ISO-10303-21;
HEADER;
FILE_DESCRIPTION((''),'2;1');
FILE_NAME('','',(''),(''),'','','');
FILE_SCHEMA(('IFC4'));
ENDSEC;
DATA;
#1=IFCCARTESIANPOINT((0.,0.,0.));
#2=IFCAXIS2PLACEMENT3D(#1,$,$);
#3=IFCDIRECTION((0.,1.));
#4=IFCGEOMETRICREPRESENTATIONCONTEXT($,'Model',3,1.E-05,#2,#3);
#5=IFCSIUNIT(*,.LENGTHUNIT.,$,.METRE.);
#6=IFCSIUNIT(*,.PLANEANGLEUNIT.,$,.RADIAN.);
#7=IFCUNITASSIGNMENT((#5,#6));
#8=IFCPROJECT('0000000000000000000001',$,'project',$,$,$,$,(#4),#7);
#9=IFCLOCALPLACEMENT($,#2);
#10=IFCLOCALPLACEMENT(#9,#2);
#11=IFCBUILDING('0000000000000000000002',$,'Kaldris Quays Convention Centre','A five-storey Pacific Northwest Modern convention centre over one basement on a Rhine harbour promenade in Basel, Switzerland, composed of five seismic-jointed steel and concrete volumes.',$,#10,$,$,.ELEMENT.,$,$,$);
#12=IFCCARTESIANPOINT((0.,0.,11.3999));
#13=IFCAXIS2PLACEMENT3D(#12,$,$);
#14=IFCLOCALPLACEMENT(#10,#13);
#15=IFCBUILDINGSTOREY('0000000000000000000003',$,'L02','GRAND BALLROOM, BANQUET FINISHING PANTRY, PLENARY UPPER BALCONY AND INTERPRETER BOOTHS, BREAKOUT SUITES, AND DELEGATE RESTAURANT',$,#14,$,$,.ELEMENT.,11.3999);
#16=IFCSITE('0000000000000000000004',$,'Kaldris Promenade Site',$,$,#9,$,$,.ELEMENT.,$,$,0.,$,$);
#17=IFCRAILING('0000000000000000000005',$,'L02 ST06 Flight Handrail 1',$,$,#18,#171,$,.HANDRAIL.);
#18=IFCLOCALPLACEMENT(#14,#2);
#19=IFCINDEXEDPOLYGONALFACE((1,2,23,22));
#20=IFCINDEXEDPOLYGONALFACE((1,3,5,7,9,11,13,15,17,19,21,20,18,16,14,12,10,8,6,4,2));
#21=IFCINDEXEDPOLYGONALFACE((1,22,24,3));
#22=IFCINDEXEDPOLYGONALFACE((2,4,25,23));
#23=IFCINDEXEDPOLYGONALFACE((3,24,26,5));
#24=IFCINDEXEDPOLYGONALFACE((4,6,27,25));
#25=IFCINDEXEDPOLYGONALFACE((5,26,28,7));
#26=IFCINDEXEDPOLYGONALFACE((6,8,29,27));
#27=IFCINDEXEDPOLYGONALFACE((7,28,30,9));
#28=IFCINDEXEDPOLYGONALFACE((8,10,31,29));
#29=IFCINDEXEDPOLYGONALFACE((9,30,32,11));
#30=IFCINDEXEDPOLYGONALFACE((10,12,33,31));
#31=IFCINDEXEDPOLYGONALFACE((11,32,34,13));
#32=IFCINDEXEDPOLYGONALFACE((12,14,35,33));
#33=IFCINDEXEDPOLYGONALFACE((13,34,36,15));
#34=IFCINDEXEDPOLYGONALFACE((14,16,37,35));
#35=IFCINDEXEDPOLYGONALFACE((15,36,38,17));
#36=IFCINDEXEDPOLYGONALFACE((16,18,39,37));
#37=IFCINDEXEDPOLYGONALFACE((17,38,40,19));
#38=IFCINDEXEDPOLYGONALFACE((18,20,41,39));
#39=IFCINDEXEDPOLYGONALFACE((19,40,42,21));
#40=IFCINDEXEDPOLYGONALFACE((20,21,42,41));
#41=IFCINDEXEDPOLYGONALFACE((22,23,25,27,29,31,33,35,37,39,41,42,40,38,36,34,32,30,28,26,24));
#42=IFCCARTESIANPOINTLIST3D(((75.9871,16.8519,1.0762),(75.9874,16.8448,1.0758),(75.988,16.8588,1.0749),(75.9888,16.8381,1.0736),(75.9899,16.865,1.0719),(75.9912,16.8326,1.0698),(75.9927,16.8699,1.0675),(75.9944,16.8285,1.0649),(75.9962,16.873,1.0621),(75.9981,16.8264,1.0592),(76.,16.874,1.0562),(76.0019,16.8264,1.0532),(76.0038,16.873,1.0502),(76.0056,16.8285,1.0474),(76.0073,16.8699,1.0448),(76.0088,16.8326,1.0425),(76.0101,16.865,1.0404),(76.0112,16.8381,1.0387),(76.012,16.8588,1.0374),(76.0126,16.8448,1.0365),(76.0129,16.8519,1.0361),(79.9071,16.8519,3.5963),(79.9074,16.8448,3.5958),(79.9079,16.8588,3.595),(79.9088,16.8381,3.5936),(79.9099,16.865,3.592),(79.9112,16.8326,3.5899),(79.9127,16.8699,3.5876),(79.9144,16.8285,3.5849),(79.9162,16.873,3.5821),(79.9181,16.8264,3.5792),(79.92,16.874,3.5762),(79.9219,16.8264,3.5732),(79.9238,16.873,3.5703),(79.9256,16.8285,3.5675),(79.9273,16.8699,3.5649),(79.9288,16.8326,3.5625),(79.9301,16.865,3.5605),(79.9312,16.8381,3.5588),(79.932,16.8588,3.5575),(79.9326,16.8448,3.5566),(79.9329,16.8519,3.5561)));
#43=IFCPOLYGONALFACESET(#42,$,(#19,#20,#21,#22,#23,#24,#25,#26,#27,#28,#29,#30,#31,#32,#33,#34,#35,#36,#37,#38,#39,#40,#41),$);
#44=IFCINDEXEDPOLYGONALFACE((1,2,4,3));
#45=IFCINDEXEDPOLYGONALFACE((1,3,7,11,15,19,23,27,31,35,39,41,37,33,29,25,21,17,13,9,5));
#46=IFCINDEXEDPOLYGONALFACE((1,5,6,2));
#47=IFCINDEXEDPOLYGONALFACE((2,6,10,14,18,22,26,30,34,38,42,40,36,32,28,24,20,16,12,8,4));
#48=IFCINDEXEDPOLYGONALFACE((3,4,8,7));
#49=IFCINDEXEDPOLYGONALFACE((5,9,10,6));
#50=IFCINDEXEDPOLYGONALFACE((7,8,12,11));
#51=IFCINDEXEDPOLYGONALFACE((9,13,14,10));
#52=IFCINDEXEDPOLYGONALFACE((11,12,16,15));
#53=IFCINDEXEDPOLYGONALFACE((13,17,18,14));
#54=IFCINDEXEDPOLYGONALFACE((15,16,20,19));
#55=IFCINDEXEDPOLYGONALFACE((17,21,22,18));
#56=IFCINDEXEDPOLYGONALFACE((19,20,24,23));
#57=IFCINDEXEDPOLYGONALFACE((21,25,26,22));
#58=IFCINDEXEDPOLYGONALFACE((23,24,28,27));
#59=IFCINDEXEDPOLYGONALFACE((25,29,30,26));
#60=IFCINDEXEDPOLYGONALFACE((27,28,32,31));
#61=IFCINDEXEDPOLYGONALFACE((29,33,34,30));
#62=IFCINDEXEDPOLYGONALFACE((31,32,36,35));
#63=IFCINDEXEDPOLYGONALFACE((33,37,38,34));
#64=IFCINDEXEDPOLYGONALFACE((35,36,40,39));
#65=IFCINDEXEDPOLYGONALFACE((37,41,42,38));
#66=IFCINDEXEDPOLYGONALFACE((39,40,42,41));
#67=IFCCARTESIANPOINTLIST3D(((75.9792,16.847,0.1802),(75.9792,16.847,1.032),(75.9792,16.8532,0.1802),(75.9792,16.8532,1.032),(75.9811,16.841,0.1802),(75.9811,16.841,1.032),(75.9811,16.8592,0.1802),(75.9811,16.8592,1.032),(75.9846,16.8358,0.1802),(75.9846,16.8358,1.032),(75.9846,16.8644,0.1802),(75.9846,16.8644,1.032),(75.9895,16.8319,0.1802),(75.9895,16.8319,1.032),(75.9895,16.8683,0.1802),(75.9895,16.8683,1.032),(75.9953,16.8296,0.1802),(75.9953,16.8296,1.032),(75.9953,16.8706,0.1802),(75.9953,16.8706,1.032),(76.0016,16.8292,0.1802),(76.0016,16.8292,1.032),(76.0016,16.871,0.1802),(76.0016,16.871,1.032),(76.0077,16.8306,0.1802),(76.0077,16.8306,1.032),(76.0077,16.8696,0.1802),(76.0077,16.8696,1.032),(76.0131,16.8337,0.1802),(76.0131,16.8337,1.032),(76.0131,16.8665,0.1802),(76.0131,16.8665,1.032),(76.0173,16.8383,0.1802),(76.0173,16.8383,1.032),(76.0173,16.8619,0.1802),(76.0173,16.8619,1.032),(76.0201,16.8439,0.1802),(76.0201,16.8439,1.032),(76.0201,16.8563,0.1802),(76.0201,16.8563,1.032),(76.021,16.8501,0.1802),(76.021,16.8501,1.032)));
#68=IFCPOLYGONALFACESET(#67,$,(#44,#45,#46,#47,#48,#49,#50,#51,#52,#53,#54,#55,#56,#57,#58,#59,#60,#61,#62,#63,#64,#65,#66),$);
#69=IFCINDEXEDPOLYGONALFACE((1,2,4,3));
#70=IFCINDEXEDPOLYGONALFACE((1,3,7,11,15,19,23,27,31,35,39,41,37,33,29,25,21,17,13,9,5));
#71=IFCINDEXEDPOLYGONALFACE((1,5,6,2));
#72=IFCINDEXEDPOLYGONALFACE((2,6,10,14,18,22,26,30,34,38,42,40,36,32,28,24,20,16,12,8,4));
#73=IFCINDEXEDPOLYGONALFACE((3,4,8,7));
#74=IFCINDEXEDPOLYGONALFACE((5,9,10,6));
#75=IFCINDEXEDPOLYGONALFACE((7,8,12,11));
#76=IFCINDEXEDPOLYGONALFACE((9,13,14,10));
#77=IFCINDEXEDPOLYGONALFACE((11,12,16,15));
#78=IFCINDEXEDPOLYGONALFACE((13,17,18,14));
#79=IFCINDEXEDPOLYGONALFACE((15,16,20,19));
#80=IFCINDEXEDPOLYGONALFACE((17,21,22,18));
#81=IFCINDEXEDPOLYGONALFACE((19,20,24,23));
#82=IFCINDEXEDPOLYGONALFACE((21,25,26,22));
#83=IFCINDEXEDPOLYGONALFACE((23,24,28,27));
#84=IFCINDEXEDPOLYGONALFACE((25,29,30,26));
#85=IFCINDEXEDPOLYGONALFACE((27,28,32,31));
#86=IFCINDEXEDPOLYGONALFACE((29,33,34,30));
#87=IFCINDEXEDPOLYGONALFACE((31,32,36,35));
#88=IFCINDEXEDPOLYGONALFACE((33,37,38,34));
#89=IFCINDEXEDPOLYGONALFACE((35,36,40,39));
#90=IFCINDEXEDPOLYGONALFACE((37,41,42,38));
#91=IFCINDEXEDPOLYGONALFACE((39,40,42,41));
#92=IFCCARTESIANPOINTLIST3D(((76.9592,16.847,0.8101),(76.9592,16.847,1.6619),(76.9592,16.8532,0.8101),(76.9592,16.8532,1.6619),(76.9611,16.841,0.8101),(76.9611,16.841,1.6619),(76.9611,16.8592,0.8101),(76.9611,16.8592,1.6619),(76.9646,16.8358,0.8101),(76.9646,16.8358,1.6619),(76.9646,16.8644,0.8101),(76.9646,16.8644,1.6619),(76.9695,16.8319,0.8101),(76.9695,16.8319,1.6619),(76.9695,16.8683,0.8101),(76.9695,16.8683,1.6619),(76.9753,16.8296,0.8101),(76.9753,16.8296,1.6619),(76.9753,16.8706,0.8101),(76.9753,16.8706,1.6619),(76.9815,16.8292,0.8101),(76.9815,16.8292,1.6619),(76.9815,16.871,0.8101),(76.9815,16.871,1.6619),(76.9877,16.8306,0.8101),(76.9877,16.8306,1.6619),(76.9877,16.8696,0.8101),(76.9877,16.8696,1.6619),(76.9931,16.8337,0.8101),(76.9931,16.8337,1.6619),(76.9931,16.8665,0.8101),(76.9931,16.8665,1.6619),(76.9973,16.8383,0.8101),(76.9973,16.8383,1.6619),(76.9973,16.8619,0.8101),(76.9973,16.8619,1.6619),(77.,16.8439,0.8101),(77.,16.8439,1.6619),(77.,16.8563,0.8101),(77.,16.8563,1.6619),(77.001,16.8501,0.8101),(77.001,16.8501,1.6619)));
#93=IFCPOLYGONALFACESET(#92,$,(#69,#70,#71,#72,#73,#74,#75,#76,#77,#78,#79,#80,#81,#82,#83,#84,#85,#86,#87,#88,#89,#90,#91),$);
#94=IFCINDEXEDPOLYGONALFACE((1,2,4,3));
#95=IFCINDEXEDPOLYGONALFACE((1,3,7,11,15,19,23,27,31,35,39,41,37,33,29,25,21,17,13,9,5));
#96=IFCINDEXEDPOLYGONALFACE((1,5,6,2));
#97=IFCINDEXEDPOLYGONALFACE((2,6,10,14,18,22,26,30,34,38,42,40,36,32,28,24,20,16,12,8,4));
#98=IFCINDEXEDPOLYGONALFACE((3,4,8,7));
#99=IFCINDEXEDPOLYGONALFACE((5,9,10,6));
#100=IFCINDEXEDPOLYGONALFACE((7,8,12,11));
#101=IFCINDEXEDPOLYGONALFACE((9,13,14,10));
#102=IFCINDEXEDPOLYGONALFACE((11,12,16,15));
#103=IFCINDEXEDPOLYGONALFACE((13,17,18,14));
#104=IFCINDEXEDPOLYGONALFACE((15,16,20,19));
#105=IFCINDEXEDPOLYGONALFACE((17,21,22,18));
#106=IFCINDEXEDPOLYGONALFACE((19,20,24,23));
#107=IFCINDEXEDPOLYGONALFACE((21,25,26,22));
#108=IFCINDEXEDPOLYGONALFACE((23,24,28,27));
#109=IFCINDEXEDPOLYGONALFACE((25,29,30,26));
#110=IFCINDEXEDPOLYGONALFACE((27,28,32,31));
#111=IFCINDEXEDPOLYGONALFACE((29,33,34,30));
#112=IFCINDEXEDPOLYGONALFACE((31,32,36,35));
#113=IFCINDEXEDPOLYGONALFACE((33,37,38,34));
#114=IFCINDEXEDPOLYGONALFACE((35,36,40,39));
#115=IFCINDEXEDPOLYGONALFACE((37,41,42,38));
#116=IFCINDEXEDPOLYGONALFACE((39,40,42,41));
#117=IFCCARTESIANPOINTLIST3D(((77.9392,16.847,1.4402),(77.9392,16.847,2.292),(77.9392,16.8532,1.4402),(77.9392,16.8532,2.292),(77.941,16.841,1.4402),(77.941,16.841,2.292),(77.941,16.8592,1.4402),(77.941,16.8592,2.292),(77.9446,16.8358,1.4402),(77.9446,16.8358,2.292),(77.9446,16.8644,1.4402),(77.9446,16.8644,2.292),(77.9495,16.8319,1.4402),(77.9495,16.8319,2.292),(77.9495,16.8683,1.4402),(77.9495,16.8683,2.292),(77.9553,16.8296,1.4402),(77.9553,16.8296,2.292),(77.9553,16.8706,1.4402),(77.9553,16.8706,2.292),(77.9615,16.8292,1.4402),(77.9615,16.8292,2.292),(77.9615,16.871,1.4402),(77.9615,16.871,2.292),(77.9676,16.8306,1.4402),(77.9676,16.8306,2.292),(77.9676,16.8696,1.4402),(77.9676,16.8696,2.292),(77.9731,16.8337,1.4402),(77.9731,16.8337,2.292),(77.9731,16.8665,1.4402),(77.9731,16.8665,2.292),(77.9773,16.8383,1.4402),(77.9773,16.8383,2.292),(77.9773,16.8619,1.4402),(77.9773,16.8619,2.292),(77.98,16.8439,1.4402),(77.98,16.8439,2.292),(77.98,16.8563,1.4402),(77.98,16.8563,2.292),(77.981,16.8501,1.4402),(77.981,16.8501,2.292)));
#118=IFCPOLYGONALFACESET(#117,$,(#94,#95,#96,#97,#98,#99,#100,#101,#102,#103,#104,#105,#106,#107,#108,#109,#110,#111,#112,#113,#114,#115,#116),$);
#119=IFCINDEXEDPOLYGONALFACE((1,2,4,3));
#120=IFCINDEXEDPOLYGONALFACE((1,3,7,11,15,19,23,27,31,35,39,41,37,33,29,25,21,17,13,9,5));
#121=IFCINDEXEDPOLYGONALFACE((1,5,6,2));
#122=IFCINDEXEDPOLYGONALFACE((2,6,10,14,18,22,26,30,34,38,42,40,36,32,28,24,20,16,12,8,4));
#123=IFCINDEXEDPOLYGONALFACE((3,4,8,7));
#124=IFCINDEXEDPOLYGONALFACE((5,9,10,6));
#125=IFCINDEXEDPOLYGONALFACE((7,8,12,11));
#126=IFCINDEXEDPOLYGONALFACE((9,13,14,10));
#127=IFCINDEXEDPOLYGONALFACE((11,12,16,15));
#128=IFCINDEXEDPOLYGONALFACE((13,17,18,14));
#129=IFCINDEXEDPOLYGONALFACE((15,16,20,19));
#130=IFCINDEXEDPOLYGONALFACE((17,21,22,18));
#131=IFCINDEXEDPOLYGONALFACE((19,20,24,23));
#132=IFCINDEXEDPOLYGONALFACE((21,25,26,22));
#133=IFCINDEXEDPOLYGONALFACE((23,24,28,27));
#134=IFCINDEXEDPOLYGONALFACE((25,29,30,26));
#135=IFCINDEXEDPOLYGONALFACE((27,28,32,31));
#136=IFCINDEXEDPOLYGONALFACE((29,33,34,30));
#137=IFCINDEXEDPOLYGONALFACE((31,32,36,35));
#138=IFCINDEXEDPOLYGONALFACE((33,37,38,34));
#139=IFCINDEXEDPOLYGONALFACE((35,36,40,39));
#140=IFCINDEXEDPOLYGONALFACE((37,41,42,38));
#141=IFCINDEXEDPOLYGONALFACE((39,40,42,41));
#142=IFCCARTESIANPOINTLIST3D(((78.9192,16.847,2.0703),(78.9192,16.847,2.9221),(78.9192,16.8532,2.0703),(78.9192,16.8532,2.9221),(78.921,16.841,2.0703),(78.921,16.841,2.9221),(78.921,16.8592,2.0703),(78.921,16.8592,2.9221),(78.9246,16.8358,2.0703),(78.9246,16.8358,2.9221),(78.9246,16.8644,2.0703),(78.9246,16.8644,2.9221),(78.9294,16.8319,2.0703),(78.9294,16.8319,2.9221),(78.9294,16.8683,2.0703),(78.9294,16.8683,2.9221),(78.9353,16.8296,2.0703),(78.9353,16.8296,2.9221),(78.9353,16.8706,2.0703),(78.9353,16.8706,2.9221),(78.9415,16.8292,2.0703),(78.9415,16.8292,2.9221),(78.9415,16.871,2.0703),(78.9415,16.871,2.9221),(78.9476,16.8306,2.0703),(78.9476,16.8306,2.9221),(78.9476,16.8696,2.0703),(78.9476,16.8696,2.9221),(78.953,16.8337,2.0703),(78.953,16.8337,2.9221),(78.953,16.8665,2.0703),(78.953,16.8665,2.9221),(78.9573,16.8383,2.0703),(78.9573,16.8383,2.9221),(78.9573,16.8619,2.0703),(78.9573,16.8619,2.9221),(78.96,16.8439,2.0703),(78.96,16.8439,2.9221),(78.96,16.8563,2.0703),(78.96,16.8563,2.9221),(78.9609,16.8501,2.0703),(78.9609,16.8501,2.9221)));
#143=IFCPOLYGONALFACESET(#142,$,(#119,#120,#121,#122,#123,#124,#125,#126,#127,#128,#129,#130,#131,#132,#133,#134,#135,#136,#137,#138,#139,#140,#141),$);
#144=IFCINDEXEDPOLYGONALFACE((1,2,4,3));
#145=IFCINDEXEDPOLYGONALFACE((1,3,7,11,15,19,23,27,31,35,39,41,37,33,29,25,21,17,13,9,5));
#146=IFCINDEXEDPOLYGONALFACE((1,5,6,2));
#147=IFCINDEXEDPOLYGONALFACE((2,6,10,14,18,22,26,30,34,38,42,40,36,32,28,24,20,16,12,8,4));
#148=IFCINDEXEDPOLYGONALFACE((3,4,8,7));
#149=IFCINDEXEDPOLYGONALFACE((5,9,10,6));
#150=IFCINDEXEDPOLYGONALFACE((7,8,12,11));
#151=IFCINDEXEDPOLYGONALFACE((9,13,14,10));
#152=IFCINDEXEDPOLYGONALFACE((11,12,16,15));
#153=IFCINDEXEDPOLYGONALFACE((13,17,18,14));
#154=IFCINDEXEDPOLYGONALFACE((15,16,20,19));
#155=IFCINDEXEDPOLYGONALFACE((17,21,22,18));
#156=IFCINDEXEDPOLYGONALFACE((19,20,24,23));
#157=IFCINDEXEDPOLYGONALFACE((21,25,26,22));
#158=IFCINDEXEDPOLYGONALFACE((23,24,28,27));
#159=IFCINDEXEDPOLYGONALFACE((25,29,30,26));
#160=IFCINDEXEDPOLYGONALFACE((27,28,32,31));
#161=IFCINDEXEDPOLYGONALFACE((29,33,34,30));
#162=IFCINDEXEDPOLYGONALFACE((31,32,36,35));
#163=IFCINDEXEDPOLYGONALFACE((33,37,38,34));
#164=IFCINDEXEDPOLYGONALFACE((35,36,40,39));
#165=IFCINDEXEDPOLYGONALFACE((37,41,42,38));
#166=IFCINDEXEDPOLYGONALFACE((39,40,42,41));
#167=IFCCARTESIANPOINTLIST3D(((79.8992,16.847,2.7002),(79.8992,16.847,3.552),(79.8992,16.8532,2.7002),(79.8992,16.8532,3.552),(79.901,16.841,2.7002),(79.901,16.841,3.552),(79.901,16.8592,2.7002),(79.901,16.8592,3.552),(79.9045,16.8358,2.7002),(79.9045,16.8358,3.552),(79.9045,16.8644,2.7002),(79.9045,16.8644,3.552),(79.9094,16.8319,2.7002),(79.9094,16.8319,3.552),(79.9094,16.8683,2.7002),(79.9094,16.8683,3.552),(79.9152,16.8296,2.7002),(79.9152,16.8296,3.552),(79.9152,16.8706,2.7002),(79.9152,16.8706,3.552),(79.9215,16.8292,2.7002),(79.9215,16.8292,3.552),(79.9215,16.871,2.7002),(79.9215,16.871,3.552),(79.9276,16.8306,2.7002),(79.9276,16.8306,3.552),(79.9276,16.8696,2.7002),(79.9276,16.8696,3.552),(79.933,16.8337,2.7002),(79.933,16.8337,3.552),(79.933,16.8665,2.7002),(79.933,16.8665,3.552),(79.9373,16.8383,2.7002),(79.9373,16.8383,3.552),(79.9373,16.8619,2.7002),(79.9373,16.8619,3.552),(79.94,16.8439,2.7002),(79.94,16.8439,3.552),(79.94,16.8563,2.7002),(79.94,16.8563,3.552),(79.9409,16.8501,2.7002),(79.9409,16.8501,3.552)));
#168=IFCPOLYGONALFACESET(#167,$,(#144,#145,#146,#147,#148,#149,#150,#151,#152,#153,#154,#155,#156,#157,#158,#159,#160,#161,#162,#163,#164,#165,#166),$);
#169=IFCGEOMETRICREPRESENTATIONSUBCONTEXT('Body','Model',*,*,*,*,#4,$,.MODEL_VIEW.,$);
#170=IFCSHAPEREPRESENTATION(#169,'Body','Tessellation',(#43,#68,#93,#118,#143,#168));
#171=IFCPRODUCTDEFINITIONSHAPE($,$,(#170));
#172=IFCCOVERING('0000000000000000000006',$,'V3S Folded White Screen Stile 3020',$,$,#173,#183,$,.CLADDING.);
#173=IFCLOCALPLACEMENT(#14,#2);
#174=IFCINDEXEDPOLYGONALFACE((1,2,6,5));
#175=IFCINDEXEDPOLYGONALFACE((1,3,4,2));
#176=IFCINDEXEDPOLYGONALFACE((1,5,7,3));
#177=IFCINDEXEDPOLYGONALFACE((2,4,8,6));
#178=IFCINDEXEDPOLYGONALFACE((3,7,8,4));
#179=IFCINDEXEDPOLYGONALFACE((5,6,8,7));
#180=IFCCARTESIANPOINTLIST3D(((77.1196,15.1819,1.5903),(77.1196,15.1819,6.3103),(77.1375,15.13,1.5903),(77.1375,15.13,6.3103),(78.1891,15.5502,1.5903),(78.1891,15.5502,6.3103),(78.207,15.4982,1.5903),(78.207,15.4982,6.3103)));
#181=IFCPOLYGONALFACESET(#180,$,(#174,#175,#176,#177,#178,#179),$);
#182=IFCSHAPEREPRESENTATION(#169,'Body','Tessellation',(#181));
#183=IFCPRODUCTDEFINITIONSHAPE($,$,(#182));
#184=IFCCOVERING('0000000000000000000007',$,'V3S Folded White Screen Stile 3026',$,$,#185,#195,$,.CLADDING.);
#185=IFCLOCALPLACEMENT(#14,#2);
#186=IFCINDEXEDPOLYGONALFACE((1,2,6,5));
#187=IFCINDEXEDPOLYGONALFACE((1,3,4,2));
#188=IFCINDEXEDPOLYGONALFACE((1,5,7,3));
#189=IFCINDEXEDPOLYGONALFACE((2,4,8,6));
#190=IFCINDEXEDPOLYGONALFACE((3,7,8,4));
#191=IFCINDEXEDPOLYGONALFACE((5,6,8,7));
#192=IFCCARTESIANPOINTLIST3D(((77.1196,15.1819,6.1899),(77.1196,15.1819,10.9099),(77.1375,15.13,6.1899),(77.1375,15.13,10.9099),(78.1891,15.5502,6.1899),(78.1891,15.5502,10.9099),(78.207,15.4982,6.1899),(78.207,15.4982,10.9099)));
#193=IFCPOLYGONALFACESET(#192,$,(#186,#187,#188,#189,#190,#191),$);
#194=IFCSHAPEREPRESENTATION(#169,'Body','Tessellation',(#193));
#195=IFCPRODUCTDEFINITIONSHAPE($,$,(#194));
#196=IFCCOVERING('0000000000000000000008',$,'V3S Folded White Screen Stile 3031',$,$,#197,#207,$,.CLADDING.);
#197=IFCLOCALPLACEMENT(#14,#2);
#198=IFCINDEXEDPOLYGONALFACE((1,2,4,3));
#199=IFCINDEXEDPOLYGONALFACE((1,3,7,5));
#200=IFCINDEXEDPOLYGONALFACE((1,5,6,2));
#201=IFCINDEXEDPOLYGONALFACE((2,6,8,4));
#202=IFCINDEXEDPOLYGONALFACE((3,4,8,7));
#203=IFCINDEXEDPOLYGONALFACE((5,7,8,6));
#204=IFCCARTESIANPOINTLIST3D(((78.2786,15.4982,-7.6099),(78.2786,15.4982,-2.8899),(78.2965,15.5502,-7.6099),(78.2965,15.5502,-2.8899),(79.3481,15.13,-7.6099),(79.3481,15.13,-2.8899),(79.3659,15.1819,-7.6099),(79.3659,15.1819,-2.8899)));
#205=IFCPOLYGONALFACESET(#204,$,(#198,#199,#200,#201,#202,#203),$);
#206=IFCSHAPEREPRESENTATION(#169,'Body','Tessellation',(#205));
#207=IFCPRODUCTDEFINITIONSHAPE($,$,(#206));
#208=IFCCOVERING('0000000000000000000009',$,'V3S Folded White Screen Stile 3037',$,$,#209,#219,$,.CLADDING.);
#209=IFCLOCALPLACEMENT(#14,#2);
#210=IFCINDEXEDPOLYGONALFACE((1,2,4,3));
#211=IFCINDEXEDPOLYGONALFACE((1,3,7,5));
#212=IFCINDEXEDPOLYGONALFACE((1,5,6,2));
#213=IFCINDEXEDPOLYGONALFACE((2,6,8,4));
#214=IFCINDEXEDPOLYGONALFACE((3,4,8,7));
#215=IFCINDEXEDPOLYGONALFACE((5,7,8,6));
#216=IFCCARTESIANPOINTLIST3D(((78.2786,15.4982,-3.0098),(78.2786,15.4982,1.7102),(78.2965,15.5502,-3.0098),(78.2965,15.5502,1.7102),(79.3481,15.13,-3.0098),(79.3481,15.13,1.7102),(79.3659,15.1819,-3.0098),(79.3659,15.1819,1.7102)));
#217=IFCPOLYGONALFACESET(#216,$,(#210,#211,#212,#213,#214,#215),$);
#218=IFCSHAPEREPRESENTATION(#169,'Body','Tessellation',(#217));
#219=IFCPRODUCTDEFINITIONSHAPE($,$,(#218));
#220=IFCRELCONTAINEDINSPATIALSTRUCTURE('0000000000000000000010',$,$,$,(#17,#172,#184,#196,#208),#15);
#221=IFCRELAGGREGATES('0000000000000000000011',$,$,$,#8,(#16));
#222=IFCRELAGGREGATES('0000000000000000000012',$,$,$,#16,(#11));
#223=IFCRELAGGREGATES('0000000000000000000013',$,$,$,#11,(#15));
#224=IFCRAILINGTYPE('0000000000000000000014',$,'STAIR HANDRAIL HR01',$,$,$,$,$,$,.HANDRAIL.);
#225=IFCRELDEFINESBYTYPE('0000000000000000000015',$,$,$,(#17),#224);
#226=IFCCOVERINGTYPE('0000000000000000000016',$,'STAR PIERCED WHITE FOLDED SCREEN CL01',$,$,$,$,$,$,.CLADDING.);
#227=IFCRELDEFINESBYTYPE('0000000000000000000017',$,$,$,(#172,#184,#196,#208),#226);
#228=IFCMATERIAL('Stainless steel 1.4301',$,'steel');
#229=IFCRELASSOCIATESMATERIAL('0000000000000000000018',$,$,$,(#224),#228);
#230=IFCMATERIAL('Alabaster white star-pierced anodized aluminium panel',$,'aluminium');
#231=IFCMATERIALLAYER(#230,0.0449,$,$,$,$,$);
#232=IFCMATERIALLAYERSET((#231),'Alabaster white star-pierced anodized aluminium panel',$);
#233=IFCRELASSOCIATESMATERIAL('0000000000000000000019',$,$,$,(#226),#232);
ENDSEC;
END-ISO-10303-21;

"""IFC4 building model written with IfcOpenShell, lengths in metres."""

from ifc_helpers import new_model, si_unit, direction, frame, origin, origin_2d, place, context, subcontext, project, spatial, rectangle, circle, extrude, material, layer, layer_set, type_object, element, save


model = new_model("IFC4")

# Units and contexts
model_context = context("Model", 3, precision=1e-05, world=origin(), true_north=direction((0.0, 1.0)))
body_context = subcontext(model_context, "Body", "Model", "MODEL_VIEW")
ifc_project = project(units=[si_unit("LENGTHUNIT", "METRE"), si_unit("PLANEANGLEUNIT", "RADIAN")], contexts=[model_context])

# Site, building, storey
site_placement = place(None, origin())
site = spatial("IfcSite", under=ifc_project, at=site_placement, Name="Kaldris Promenade Site", CompositionType="ELEMENT", RefElevation=0.0)
building_placement = place(site_placement, origin())
building = spatial("IfcBuilding", under=site, at=building_placement, Name="Kaldris Quays Convention Centre", Description="A five-storey Pacific Northwest Modern convention centre over one basement on a Rhine harbour promenade in Basel, Switzerland, composed of five seismic-jointed steel and concrete volumes.", CompositionType="ELEMENT")
storey_placement = place(building_placement, frame((0.0, 0.0, 11.3999)))
storey = spatial("IfcBuildingStorey", under=building, at=storey_placement, Name="L02", Description="GRAND BALLROOM, BANQUET FINISHING PANTRY, PLENARY UPPER BALCONY AND INTERPRETER BOOTHS, BREAKOUT SUITES, AND DELEGATE RESTAURANT", CompositionType="ELEMENT", Elevation=11.3999)

# Railing
ifc_material_1 = material(Name="Stainless steel 1.4301", Category="steel")
railing_type_1 = type_object("IfcRailingType", Name="STAIR HANDRAIL HR01", PredefinedType="HANDRAIL", material=ifc_material_1)
railing_1_placement = place(storey_placement, frame((76.0, 16.8501, 0.1802)))
element("IfcRailing", 1, at=railing_1_placement, inside=storey, type_object=railing_type_1, Name="L02 ST06 Flight Handrail 1", PredefinedType="HANDRAIL", context=body_context, shape_type="SweptSolid", body=[
    extrude(circle(Radius=0.0239, at=origin_2d()), frame((0.0, 0.0, 0.876), z_axis=(0.841172, 0.0, 0.540768), x_axis=(0.0, 1.0, 0.0)), (0.0, 0.0, 1.0), 4.6602),
    extrude(circle(Radius=0.021, at=origin_2d()), origin(), (0.0, 0.0, 1.0), 0.8518),
    extrude(circle(Radius=0.021, at=origin_2d()), frame((0.98, 0.0, 0.6299)), (0.0, 0.0, 1.0), 0.8518),
    extrude(circle(Radius=0.021, at=origin_2d()), frame((1.96, 0.0, 1.26)), (0.0, 0.0, 1.0), 0.8518),
    extrude(circle(Radius=0.021, at=origin_2d()), frame((2.9399, 0.0, 1.8901)), (0.0, 0.0, 1.0), 0.8518),
    extrude(circle(Radius=0.021, at=origin_2d()), frame((3.9199, 0.0, 2.52)), (0.0, 0.0, 1.0), 0.8518),
])

# Coverings
ifc_material_2 = material(Name="Alabaster white star-pierced anodized aluminium panel", Category="aluminium")
ifc_layer_1 = layer(ifc_material_2, 0.0449)
ifc_layer_set_1 = layer_set([ifc_layer_1], Name="Alabaster white star-pierced anodized aluminium panel")
covering_type = type_object("IfcCoveringType", Name="STAR PIERCED WHITE FOLDED SCREEN CL01", PredefinedType="CLADDING", material=ifc_layer_set_1)
for number, where, z_axis, x_axis, name in (
    (2, (77.6633, 15.3401, 1.5903), (0.0, 0.0, 1.0), (0.945519, 0.325568, 0.0), "V3S Folded White Screen Stile 3020"),
    (3, (77.6633, 15.3401, 6.1899), (0.0, 0.0, 1.0), (0.945519, 0.325568, 0.0), "V3S Folded White Screen Stile 3026"),
    (4, (78.8223, 15.3401, -7.6099), (0.0, 0.0, 1.0), (0.945519, -0.325568, 0.0), "V3S Folded White Screen Stile 3031"),
    (5, (78.8223, 15.3401, -3.0098), (0.0, 0.0, 1.0), (0.945519, -0.325568, 0.0), "V3S Folded White Screen Stile 3037"),
):
    element("IfcCovering", number, at=place(storey_placement, frame(where, z_axis=z_axis, x_axis=x_axis)), inside=storey, type_object=covering_type, Name=name, PredefinedType="CLADDING", context=body_context, shape_type="SweptSolid", body=[
        extrude(rectangle(XDim=1.1311, YDim=0.0549, at=origin_2d()), origin(), (0.0, 0.0, 1.0), 4.72),
    ])

save(model, "model.ifc")
